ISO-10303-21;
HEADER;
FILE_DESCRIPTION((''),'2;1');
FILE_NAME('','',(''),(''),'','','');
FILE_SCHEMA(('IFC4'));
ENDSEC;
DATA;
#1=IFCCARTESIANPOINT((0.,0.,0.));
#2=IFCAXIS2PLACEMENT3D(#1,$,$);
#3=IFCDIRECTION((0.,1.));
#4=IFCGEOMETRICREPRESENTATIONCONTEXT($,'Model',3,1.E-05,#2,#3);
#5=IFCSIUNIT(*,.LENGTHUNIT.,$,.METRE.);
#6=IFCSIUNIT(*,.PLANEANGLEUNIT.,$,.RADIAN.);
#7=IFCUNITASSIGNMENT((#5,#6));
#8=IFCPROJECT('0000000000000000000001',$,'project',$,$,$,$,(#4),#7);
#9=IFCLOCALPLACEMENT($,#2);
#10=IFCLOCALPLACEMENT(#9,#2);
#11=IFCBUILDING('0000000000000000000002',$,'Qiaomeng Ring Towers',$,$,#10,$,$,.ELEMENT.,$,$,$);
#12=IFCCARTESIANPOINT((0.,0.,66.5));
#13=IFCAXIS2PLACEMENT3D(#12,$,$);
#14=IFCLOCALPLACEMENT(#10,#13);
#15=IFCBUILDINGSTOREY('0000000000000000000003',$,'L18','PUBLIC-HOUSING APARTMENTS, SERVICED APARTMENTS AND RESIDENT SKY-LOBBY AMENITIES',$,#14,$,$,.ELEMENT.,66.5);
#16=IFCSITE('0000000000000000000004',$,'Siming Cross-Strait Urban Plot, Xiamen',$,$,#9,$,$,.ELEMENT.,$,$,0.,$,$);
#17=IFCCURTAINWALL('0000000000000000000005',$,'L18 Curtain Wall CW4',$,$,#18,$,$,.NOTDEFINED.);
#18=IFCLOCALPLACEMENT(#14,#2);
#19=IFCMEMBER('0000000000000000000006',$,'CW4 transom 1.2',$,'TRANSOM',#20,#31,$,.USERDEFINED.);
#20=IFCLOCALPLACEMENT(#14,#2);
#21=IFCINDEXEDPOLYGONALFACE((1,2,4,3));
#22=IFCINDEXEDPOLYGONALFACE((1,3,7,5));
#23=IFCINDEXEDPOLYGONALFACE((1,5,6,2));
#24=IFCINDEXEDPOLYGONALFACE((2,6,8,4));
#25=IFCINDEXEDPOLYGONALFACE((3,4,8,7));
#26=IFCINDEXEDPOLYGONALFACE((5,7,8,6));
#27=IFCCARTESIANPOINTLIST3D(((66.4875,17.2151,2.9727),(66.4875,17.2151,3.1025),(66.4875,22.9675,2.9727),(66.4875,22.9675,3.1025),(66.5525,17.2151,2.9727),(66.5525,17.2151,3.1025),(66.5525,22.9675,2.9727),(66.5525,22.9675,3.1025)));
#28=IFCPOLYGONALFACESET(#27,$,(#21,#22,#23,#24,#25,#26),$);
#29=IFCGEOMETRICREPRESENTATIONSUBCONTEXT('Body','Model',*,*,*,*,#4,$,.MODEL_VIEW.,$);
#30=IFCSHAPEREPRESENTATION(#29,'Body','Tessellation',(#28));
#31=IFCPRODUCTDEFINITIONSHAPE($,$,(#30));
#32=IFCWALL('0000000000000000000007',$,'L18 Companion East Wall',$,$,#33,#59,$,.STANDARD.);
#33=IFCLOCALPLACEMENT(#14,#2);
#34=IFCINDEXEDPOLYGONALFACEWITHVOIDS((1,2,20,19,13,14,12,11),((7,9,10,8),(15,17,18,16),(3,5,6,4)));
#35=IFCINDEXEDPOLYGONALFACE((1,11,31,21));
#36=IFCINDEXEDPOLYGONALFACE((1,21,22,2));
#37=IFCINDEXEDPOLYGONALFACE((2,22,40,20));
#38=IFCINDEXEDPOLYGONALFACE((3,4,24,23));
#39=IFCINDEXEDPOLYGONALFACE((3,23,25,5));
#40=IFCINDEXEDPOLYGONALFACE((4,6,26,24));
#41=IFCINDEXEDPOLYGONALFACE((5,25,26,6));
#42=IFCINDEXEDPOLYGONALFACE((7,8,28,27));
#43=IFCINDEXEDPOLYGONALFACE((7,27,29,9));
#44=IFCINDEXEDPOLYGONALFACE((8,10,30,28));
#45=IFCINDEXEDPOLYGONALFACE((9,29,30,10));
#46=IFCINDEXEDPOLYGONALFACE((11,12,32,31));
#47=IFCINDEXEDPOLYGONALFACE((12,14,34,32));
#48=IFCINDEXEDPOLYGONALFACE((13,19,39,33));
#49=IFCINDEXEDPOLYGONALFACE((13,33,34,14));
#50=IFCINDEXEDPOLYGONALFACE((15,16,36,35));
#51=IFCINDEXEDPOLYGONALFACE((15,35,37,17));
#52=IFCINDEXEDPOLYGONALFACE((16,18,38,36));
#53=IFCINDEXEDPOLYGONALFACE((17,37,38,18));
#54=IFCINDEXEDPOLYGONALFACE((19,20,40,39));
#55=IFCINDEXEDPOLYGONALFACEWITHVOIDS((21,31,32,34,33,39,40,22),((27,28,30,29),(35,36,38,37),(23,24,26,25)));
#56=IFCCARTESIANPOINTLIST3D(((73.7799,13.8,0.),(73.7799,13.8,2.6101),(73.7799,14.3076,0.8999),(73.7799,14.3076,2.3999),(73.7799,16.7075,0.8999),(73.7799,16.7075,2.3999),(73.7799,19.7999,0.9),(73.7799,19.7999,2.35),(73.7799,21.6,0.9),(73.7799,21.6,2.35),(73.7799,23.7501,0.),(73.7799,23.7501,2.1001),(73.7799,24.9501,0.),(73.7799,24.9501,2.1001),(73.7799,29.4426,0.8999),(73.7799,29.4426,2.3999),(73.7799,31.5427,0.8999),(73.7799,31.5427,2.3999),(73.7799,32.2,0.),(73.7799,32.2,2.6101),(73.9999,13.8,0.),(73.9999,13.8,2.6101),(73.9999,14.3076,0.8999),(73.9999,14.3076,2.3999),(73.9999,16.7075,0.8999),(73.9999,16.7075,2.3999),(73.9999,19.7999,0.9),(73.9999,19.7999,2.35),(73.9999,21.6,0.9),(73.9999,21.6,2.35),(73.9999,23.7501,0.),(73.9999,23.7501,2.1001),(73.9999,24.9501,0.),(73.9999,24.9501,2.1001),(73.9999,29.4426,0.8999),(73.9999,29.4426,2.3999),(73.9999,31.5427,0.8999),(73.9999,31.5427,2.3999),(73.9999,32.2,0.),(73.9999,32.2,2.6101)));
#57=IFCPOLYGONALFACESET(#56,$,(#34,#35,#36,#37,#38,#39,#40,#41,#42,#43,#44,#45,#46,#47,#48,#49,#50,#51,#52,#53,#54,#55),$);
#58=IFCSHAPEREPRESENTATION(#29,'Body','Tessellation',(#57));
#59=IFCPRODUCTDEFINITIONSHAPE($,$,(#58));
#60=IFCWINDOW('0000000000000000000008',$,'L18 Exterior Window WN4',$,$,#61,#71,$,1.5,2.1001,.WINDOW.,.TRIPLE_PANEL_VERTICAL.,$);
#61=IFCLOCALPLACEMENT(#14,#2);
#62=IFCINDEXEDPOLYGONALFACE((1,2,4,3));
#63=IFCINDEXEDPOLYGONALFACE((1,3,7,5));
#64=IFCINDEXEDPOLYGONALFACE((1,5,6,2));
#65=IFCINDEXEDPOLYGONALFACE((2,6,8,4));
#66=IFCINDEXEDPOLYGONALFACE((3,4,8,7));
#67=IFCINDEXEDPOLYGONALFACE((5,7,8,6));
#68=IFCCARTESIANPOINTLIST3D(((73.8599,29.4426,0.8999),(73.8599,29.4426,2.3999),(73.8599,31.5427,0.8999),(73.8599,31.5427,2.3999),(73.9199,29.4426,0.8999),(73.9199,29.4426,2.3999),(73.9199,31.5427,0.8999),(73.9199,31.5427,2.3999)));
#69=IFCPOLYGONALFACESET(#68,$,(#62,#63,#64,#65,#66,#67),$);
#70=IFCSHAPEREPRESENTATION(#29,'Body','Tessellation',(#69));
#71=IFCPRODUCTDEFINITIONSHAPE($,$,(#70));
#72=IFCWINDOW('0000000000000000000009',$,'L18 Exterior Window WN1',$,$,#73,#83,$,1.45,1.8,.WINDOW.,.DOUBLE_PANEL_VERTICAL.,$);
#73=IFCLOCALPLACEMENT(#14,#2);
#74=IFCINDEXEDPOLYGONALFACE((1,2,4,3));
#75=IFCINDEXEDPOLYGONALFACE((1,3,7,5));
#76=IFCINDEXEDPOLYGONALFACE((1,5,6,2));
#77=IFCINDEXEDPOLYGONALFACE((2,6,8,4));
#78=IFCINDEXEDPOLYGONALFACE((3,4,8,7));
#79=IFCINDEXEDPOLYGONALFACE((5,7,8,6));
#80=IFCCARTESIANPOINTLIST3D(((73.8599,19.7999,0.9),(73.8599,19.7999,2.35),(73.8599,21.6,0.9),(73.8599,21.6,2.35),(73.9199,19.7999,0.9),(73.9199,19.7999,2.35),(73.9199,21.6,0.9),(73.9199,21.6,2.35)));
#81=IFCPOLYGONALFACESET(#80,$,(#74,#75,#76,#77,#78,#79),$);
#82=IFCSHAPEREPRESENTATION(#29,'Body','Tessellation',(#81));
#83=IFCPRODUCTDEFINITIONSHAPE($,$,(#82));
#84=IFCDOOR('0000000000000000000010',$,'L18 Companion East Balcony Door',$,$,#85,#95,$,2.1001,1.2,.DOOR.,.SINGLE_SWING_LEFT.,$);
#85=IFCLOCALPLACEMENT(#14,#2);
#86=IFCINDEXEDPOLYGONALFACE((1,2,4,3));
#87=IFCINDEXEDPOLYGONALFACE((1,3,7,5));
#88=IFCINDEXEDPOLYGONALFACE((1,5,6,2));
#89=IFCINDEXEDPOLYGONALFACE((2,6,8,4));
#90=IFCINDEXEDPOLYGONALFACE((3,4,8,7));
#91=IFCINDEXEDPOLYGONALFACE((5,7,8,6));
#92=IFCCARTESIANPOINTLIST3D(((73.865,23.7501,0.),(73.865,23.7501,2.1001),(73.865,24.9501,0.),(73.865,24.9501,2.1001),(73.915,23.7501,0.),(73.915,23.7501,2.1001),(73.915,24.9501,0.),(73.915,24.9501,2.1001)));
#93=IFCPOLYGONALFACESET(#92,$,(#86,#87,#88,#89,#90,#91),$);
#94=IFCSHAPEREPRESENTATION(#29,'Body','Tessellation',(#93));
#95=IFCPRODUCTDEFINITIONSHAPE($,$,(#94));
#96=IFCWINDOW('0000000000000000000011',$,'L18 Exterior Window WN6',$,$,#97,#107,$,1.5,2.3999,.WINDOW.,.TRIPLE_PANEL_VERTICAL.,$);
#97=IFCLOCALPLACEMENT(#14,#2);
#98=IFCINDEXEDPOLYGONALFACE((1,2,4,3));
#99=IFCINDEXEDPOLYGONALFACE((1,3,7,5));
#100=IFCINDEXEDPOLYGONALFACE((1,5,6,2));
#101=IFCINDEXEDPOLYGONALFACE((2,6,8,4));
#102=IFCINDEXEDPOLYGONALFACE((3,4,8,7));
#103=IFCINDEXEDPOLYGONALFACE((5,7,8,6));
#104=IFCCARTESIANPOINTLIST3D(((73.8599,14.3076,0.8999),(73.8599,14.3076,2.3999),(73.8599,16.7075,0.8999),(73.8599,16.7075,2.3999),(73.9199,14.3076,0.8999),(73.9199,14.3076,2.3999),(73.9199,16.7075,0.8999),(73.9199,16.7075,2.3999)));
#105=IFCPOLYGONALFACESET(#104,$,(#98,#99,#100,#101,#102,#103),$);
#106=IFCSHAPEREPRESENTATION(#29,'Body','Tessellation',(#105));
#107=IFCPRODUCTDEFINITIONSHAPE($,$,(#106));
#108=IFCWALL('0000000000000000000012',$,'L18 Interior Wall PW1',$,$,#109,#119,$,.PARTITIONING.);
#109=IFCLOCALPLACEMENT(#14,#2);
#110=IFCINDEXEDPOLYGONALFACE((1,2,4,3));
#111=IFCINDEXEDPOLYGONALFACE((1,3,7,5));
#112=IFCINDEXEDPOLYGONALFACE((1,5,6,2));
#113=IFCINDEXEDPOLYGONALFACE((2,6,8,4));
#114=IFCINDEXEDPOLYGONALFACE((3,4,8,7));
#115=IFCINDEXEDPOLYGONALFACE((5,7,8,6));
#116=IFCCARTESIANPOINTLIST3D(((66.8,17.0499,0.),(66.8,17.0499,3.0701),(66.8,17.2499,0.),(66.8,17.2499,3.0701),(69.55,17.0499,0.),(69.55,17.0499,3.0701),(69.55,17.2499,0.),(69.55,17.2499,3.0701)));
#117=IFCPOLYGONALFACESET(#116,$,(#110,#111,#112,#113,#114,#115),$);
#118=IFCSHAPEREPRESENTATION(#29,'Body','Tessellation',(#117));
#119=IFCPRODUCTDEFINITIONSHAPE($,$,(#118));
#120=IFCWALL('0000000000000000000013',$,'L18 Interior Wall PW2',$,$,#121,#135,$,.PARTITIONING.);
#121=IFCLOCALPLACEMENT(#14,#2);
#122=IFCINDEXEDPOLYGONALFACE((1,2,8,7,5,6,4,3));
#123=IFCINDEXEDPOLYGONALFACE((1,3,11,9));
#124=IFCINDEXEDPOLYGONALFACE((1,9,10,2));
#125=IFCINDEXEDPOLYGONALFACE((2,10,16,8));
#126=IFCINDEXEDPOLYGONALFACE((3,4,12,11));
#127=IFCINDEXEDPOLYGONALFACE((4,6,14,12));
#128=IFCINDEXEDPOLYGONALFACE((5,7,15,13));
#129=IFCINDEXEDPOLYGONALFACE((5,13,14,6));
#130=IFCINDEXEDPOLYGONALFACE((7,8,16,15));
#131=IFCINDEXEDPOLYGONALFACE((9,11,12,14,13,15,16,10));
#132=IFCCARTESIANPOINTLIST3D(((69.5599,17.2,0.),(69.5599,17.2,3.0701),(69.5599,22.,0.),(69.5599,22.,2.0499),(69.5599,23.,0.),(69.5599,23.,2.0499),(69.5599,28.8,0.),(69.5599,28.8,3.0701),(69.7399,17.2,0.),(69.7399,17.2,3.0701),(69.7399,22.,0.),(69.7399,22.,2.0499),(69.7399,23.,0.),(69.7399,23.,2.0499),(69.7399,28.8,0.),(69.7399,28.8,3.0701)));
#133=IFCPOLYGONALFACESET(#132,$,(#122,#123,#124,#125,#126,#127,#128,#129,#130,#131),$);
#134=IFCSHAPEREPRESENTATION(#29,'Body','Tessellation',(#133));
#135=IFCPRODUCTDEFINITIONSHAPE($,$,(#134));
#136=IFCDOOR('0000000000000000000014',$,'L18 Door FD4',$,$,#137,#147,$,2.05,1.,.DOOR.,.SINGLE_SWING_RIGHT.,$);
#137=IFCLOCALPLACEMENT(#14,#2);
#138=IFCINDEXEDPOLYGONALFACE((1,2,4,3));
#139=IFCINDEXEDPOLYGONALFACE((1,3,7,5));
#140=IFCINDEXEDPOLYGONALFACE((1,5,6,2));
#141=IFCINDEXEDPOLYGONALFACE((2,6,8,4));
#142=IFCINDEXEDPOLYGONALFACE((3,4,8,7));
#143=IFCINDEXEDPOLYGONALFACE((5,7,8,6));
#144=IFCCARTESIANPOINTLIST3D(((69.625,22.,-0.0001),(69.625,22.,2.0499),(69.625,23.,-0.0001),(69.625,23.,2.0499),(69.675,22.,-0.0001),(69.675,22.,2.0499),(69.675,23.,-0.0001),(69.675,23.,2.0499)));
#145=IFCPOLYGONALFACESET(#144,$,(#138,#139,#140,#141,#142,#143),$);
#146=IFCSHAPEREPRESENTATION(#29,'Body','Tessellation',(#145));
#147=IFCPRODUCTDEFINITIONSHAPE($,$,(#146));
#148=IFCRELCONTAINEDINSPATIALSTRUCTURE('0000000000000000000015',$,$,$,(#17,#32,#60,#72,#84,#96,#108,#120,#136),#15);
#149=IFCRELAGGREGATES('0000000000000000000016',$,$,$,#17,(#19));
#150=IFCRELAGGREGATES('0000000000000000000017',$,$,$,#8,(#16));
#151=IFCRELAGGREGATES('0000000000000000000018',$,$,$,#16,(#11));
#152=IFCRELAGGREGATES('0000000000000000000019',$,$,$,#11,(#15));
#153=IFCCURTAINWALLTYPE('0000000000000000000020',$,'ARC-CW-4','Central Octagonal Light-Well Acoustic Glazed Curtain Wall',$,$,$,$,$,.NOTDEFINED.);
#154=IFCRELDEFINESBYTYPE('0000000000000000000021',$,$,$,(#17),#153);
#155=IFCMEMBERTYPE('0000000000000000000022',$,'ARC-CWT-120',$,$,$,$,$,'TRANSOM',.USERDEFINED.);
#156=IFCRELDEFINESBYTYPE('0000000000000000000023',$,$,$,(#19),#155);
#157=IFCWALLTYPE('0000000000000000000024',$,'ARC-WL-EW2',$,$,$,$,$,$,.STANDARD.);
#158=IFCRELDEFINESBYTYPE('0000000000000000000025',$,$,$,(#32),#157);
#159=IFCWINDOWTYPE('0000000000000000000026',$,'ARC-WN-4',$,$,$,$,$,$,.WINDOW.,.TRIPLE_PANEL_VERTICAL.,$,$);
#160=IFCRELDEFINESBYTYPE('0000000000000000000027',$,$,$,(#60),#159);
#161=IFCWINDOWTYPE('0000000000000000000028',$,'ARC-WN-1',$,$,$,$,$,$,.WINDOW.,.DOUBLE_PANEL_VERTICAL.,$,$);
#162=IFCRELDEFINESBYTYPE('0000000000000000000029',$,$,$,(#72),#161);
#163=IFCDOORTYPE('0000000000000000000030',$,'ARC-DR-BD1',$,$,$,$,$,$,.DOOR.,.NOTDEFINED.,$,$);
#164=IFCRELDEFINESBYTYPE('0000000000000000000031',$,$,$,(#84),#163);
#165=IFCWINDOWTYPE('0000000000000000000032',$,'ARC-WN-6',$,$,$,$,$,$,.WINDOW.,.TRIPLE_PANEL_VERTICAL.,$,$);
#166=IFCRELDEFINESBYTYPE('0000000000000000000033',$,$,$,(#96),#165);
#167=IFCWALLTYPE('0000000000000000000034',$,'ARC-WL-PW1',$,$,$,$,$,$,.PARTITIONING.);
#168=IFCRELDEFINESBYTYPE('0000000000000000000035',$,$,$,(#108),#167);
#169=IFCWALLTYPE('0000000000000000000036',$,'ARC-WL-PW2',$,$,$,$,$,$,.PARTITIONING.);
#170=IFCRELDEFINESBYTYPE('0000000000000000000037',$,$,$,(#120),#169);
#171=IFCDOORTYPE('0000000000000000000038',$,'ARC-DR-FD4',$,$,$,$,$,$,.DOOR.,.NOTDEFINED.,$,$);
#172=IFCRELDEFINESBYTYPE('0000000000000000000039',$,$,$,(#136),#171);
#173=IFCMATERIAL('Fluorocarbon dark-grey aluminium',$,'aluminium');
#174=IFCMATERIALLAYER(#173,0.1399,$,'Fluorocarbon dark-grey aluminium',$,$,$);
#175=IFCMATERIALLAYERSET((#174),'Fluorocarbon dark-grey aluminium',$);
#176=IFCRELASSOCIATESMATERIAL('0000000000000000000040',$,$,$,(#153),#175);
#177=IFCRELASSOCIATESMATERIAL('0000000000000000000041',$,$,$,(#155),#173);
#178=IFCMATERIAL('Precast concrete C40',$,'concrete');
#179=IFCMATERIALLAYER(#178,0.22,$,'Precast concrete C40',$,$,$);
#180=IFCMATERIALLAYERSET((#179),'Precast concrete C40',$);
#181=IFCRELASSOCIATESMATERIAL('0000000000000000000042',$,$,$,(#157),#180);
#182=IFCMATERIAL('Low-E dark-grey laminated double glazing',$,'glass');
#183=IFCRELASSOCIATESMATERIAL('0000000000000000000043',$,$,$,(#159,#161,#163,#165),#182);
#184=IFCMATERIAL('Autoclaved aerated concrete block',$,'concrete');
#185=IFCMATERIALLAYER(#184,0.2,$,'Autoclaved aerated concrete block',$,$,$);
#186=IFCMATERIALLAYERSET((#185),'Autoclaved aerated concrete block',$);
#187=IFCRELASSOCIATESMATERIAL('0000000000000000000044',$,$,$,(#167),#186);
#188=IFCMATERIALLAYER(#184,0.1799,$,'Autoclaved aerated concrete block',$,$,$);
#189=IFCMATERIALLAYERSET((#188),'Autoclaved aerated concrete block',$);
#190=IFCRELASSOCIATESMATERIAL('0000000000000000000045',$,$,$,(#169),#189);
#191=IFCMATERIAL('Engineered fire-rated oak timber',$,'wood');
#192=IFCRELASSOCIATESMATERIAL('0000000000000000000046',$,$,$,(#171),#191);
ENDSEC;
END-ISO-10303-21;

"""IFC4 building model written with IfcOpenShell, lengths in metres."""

from ifc_helpers import new_model, si_unit, direction, frame, frame_2d, origin, origin_2d, place, context, subcontext, project, spatial, rectangle, extrude, source, transform, mapped, material, layer, layer_set, material_profile, profile_set, type_object, element, fill, aggregate, save


model = new_model("IFC4")

# Units and contexts
model_context = context("Model", 3, precision=1e-05, world=origin(), true_north=direction((0.0, 1.0)))
body_context = subcontext(model_context, "Body", "Model", "MODEL_VIEW")
ifc_project = project(units=[si_unit("LENGTHUNIT", "METRE"), si_unit("PLANEANGLEUNIT", "RADIAN")], contexts=[model_context])

# Site, building, storey
site_placement = place(None, origin())
site = spatial("IfcSite", under=ifc_project, at=site_placement, Name="Siming Cross-Strait Urban Plot, Xiamen", CompositionType="ELEMENT", RefElevation=0.0)
building_placement = place(site_placement, origin())
building = spatial("IfcBuilding", under=site, at=building_placement, Name="Qiaomeng Ring Towers", CompositionType="ELEMENT")
storey_placement = place(building_placement, frame((0.0, 0.0, 66.5)))
storey = spatial("IfcBuildingStorey", under=building, at=storey_placement, Name="L18", Description="PUBLIC-HOUSING APARTMENTS, SERVICED APARTMENTS AND RESIDENT SKY-LOBBY AMENITIES", CompositionType="ELEMENT", Elevation=66.5)

# Curtain wall, member
ifc_material_1 = material(Name="Fluorocarbon dark-grey aluminium", Category="aluminium")
ifc_layer_1 = layer(ifc_material_1, 0.1399, Name="Fluorocarbon dark-grey aluminium")
ifc_layer_set_1 = layer_set([ifc_layer_1], Name="Fluorocarbon dark-grey aluminium")
curtain_wall_type = type_object("IfcCurtainWallType", Name="ARC-CW-4", Description="Central Octagonal Light-Well Acoustic Glazed Curtain Wall", PredefinedType="NOTDEFINED", material=ifc_layer_set_1)
curtain_wall_placement = place(storey_placement, origin())
curtain_wall = element("IfcCurtainWall", 1, at=curtain_wall_placement, inside=storey, type_object=curtain_wall_type, Name="L18 Curtain Wall CW4", PredefinedType="NOTDEFINED")
ifc_material_profile_1 = material_profile(ifc_material_1, rectangle(XDim=0.0649, YDim=0.1299, at=origin_2d()), Name="ALU TRAN 65x130")
ifc_profile_set_1 = profile_set([ifc_material_profile_1], Name="Fluorocarbon dark-grey aluminium")
member_type = type_object("IfcMemberType", Name="ARC-CWT-120", ElementType="TRANSOM", PredefinedType="USERDEFINED", material=ifc_profile_set_1)
shared_shape_1 = source(origin(), body_context, "Body", "SweptSolid", [
    extrude(rectangle(XDim=0.0649, YDim=0.1299, at=origin_2d()), origin(), (0.0, 0.0, 1.0), 5.7524),
])
member_placement = place(storey_placement, frame((66.52, 17.2151, 3.0376), z_axis=(0.0, 1.0, 0.0), x_axis=(-1.0, 0.0, 0.0)))
member = element("IfcMember", 2, at=member_placement, type_object=member_type, Name="CW4 transom 1.2", ObjectType="TRANSOM", PredefinedType="USERDEFINED", context=body_context, shape_type="MappedRepresentation", body=[
    mapped(shared_shape_1, transform((0.0, 0.0, 0.0), x_axis=(1.0, 0.0, 0.0), y_axis=(0.0, 1.0, 0.0), z_axis=(0.0, 0.0, 1.0), scale=1.0)),
])
aggregate(curtain_wall, [member])

# Wall, openings, windows, door
ifc_material_2 = material(Name="Precast concrete C40", Category="concrete")
ifc_layer_2 = layer(ifc_material_2, 0.22, Name="Precast concrete C40")
ifc_layer_set_2 = layer_set([ifc_layer_2], Name="Precast concrete C40")
wall_type_1 = type_object("IfcWallType", Name="ARC-WL-EW2", PredefinedType="STANDARD", material=ifc_layer_set_2)
wall_1_placement = place(storey_placement, frame((73.8899, 13.8, 0.0), z_axis=(0.0, 0.0, 1.0), x_axis=(0.0, 1.0, 0.0)))
wall_1 = element("IfcWall", 3, at=wall_1_placement, inside=storey, type_object=wall_type_1, Name="L18 Companion East Wall", PredefinedType="STANDARD", context=body_context, shape_type="SweptSolid", body=[
    extrude(rectangle(XDim=18.3999, YDim=0.22, at=frame_2d((9.2, 0.0))), origin(), (0.0, 0.0, 1.0), 2.6101),
])
opening_1_placement = place(wall_1_placement, frame((9.95, 0.0, 0.0)))
opening_1 = element("IfcOpeningElement", 4, at=opening_1_placement, cuts=wall_1, PredefinedType="OPENING", context=body_context, shape_type="SweptSolid", body=[
    extrude(rectangle(XDim=1.2, YDim=2.1001, at=frame_2d((0.6001, 1.05))), frame((0.0, 0.1199, 0.0), z_axis=(0.0, -1.0, 0.0), x_axis=(1.0, 0.0, 0.0)), (0.0, 0.0, 1.0), 0.24),
])
opening_2_placement = place(wall_1_placement, frame((0.5076, 0.0, 0.8999)))
opening_2 = element("IfcOpeningElement", 5, at=opening_2_placement, cuts=wall_1, PredefinedType="OPENING", context=body_context, shape_type="SweptSolid", body=[
    extrude(rectangle(XDim=2.3999, YDim=1.5, at=frame_2d((1.2, 0.75))), frame((0.0, 0.1199, 0.0), z_axis=(0.0, -1.0, 0.0), x_axis=(1.0, 0.0, 0.0)), (0.0, 0.0, 1.0), 0.24),
])
opening_3_placement = place(wall_1_placement, frame((6.0, 0.0, 0.8999)))
opening_3 = element("IfcOpeningElement", 6, at=opening_3_placement, cuts=wall_1, PredefinedType="OPENING", context=body_context, shape_type="SweptSolid", body=[
    extrude(rectangle(XDim=1.8, YDim=1.45, at=frame_2d((0.8999, 0.7251))), frame((0.0, 0.1199, 0.0), z_axis=(0.0, -1.0, 0.0), x_axis=(1.0, 0.0, 0.0)), (0.0, 0.0, 1.0), 0.24),
])
opening_4_placement = place(wall_1_placement, frame((15.6426, 0.0, 0.8999)))
opening_4 = element("IfcOpeningElement", 7, at=opening_4_placement, cuts=wall_1, PredefinedType="OPENING", context=body_context, shape_type="SweptSolid", body=[
    extrude(rectangle(XDim=2.1001, YDim=1.5, at=frame_2d((1.05, 0.75))), frame((0.0, 0.1199, 0.0), z_axis=(0.0, -1.0, 0.0), x_axis=(1.0, 0.0, 0.0)), (0.0, 0.0, 1.0), 0.24),
])
ifc_material_3 = material(Name="Low-E dark-grey laminated double glazing", Category="glass")
window_type_1 = type_object("IfcWindowType", Name="ARC-WN-4", PartitioningType="TRIPLE_PANEL_VERTICAL", PredefinedType="WINDOW", material=ifc_material_3)
shared_shape_2 = source(origin(), body_context, "Body", "SweptSolid", [
    extrude(rectangle(XDim=2.1001, YDim=1.5, at=frame_2d((1.05, 0.75))), frame((0.0, 0.03, 0.0), z_axis=(0.0, -1.0, 0.0), x_axis=(1.0, 0.0, 0.0)), (0.0, 0.0, 1.0), 0.0601),
])
window_1_placement = place(opening_4_placement, origin())
window_1 = element("IfcWindow", 8, at=window_1_placement, inside=storey, type_object=window_type_1, Name="L18 Exterior Window WN4", OverallHeight=1.5, OverallWidth=2.1001, PartitioningType="TRIPLE_PANEL_VERTICAL", PredefinedType="WINDOW", context=body_context, shape_type="MappedRepresentation", body=[
    mapped(shared_shape_2, transform((0.0, 0.0, 0.0), x_axis=(1.0, 0.0, 0.0), y_axis=(0.0, 1.0, 0.0), z_axis=(0.0, 0.0, 1.0), scale=1.0)),
])
fill(opening_4, window_1)
window_type_2 = type_object("IfcWindowType", Name="ARC-WN-1", PartitioningType="DOUBLE_PANEL_VERTICAL", PredefinedType="WINDOW", material=ifc_material_3)
shared_shape_3 = source(origin(), body_context, "Body", "SweptSolid", [
    extrude(rectangle(XDim=1.8, YDim=1.45, at=frame_2d((0.8999, 0.7251))), frame((0.0, 0.03, 0.0), z_axis=(0.0, -1.0, 0.0), x_axis=(1.0, 0.0, 0.0)), (0.0, 0.0, 1.0), 0.0601),
])
window_2_placement = place(opening_3_placement, origin())
window_2 = element("IfcWindow", 9, at=window_2_placement, inside=storey, type_object=window_type_2, Name="L18 Exterior Window WN1", OverallHeight=1.45, OverallWidth=1.8, PartitioningType="DOUBLE_PANEL_VERTICAL", PredefinedType="WINDOW", context=body_context, shape_type="MappedRepresentation", body=[
    mapped(shared_shape_3, transform((0.0, 0.0, 0.0), x_axis=(1.0, 0.0, 0.0), y_axis=(0.0, 1.0, 0.0), z_axis=(0.0, 0.0, 1.0), scale=1.0)),
])
fill(opening_3, window_2)
door_type_1 = type_object("IfcDoorType", Name="ARC-DR-BD1", OperationType="NOTDEFINED", PredefinedType="DOOR", material=ifc_material_3)
shared_shape_4 = source(origin(), body_context, "Body", "SweptSolid", [
    extrude(rectangle(XDim=1.2, YDim=2.1001, at=frame_2d((0.6001, 1.05))), frame((0.0, 0.0249, 0.0), z_axis=(0.0, -1.0, 0.0), x_axis=(1.0, 0.0, 0.0)), (0.0, 0.0, 1.0), 0.05),
])
door_1_placement = place(opening_1_placement, origin())
door_1 = element("IfcDoor", 10, at=door_1_placement, inside=storey, type_object=door_type_1, Name="L18 Companion East Balcony Door", OperationType="SINGLE_SWING_LEFT", OverallHeight=2.1001, OverallWidth=1.2, PredefinedType="DOOR", context=body_context, shape_type="MappedRepresentation", body=[
    mapped(shared_shape_4, transform((0.0, 0.0, 0.0), x_axis=(1.0, 0.0, 0.0), y_axis=(0.0, 1.0, 0.0), z_axis=(0.0, 0.0, 1.0), scale=1.0)),
])
fill(opening_1, door_1)
window_type_3 = type_object("IfcWindowType", Name="ARC-WN-6", PartitioningType="TRIPLE_PANEL_VERTICAL", PredefinedType="WINDOW", material=ifc_material_3)
shared_shape_5 = source(origin(), body_context, "Body", "SweptSolid", [
    extrude(rectangle(XDim=2.3999, YDim=1.5, at=frame_2d((1.2, 0.75))), frame((0.0, 0.03, 0.0), z_axis=(0.0, -1.0, 0.0), x_axis=(1.0, 0.0, 0.0)), (0.0, 0.0, 1.0), 0.0601),
])
window_3_placement = place(opening_2_placement, origin())
window_3 = element("IfcWindow", 11, at=window_3_placement, inside=storey, type_object=window_type_3, Name="L18 Exterior Window WN6", OverallHeight=1.5, OverallWidth=2.3999, PartitioningType="TRIPLE_PANEL_VERTICAL", PredefinedType="WINDOW", context=body_context, shape_type="MappedRepresentation", body=[
    mapped(shared_shape_5, transform((0.0, 0.0, 0.0), x_axis=(1.0, 0.0, 0.0), y_axis=(0.0, 1.0, 0.0), z_axis=(0.0, 0.0, 1.0), scale=1.0)),
])
fill(opening_2, window_3)

# Wall
ifc_material_4 = material(Name="Autoclaved aerated concrete block", Category="concrete")
ifc_layer_3 = layer(ifc_material_4, 0.2, Name="Autoclaved aerated concrete block")
ifc_layer_set_3 = layer_set([ifc_layer_3], Name="Autoclaved aerated concrete block")
wall_type_2 = type_object("IfcWallType", Name="ARC-WL-PW1", PredefinedType="PARTITIONING", material=ifc_layer_set_3)
wall_2_placement = place(storey_placement, frame((66.8, 17.1499, 0.0), z_axis=(0.0, 0.0, 1.0), x_axis=(1.0, 0.0, 0.0)))
element("IfcWall", 12, at=wall_2_placement, inside=storey, type_object=wall_type_2, Name="L18 Interior Wall PW1", PredefinedType="PARTITIONING", context=body_context, shape_type="SweptSolid", body=[
    extrude(rectangle(XDim=2.75, YDim=0.2, at=frame_2d((1.375, 0.0))), origin(), (0.0, 0.0, 1.0), 3.0701),
])

# Wall, opening, door
ifc_layer_4 = layer(ifc_material_4, 0.1799, Name="Autoclaved aerated concrete block")
ifc_layer_set_4 = layer_set([ifc_layer_4], Name="Autoclaved aerated concrete block")
wall_type_3 = type_object("IfcWallType", Name="ARC-WL-PW2", PredefinedType="PARTITIONING", material=ifc_layer_set_4)
wall_3_placement = place(storey_placement, frame((69.6499, 17.2, 0.0), z_axis=(0.0, 0.0, 1.0), x_axis=(0.0, 1.0, 0.0)))
wall_3 = element("IfcWall", 13, at=wall_3_placement, inside=storey, type_object=wall_type_3, Name="L18 Interior Wall PW2", PredefinedType="PARTITIONING", context=body_context, shape_type="SweptSolid", body=[
    extrude(rectangle(XDim=11.6001, YDim=0.1799, at=frame_2d((5.8, 0.0))), origin(), (0.0, 0.0, 1.0), 3.0701),
])
opening_5_placement = place(wall_3_placement, frame((4.8, 0.0, 0.0)))
opening_5 = element("IfcOpeningElement", 14, at=opening_5_placement, cuts=wall_3, PredefinedType="OPENING", context=body_context, shape_type="SweptSolid", body=[
    extrude(rectangle(XDim=1.0, YDim=2.05, at=frame_2d((0.5, 1.0249))), frame((0.0, 0.0999, 0.0), z_axis=(0.0, -1.0, 0.0), x_axis=(1.0, 0.0, 0.0)), (0.0, 0.0, 1.0), 0.2),
])
ifc_material_5 = material(Name="Engineered fire-rated oak timber", Category="wood")
door_type_2 = type_object("IfcDoorType", Name="ARC-DR-FD4", OperationType="NOTDEFINED", PredefinedType="DOOR", material=ifc_material_5)
shared_shape_6 = source(origin(), body_context, "Body", "SweptSolid", [
    extrude(rectangle(XDim=1.0, YDim=2.05, at=frame_2d((0.5, 1.0249))), frame((0.0, 0.0249, 0.0), z_axis=(0.0, -1.0, 0.0), x_axis=(1.0, 0.0, 0.0)), (0.0, 0.0, 1.0), 0.05),
])
door_2_placement = place(opening_5_placement, origin())
door_2 = element("IfcDoor", 15, at=door_2_placement, inside=storey, type_object=door_type_2, Name="L18 Door FD4", OperationType="SINGLE_SWING_RIGHT", OverallHeight=2.05, OverallWidth=1.0, PredefinedType="DOOR", context=body_context, shape_type="MappedRepresentation", body=[
    mapped(shared_shape_6, transform((0.0, 0.0, 0.0), x_axis=(1.0, 0.0, 0.0), y_axis=(0.0, 1.0, 0.0), z_axis=(0.0, 0.0, 1.0), scale=1.0)),
])
fill(opening_5, door_2)

save(model, "model.ifc")
